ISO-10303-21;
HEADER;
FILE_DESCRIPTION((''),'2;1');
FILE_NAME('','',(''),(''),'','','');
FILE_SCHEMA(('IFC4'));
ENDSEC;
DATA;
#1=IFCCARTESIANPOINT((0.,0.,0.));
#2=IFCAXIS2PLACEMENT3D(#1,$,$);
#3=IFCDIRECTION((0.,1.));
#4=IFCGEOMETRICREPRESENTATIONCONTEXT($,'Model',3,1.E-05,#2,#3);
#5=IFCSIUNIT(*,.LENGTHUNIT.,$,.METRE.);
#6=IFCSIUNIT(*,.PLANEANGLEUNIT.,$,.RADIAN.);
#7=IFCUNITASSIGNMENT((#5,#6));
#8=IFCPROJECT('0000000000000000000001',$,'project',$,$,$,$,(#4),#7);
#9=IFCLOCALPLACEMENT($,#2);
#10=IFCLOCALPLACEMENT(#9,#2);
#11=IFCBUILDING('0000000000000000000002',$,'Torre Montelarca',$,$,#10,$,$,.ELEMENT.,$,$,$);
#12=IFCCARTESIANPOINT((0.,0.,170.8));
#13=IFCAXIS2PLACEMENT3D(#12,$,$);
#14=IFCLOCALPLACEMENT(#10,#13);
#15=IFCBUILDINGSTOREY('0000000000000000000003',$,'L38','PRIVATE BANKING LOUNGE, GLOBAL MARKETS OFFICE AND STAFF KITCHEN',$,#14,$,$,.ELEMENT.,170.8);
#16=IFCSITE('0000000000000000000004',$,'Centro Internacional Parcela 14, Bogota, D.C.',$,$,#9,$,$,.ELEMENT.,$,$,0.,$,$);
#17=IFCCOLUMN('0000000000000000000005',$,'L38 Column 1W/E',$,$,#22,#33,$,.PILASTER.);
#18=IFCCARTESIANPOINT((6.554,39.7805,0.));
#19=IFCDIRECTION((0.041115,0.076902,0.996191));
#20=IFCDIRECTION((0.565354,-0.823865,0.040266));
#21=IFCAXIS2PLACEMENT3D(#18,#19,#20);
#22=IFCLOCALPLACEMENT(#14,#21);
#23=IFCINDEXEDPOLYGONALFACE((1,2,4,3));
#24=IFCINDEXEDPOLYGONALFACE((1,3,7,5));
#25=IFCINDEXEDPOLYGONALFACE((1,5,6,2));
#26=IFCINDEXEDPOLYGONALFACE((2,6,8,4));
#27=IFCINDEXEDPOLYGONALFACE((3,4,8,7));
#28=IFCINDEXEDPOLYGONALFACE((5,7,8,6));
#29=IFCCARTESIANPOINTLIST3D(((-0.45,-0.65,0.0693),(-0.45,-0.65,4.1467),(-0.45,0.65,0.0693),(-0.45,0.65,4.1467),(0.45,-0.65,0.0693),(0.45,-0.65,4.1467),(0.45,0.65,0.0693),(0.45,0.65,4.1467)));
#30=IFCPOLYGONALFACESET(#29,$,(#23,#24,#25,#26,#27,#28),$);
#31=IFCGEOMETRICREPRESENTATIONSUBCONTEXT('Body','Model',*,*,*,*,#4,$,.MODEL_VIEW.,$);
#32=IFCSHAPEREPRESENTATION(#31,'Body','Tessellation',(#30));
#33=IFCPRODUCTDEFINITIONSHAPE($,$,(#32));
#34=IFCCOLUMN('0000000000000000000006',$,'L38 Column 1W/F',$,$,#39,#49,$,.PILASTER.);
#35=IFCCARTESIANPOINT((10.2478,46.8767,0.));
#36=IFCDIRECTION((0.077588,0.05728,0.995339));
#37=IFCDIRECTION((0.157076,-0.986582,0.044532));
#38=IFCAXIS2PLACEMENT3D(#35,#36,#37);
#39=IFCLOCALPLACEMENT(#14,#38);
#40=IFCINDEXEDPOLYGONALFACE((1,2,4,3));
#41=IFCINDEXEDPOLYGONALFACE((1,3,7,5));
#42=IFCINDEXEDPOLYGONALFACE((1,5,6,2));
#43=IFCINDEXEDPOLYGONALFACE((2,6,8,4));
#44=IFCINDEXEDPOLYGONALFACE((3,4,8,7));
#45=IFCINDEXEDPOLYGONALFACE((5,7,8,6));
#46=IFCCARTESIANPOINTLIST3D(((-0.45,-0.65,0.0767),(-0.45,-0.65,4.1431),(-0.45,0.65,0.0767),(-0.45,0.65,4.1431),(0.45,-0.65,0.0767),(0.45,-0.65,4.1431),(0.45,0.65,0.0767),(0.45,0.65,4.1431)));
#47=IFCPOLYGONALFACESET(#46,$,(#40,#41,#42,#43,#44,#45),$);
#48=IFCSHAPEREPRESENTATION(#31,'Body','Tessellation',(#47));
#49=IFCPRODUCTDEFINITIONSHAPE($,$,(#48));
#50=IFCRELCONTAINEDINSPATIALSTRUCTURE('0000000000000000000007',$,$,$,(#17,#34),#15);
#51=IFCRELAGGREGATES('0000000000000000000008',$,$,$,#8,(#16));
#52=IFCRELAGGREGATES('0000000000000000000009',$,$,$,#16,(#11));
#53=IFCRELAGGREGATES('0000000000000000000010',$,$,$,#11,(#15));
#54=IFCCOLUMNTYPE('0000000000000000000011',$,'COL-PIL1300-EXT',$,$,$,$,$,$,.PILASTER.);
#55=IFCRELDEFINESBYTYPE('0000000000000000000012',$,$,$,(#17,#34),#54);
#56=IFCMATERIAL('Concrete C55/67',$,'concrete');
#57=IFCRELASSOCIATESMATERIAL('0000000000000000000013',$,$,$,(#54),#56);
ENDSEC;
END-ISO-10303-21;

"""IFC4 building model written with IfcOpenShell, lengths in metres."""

from ifc_helpers import new_model, si_unit, direction, frame, origin, origin_2d, place, context, subcontext, project, spatial, rectangle, extrude, clip, halfspace, material, material_profile, profile_set, type_object, element, save


model = new_model("IFC4")

# Units and contexts
model_context = context("Model", 3, precision=1e-05, world=origin(), true_north=direction((0.0, 1.0)))
body_context = subcontext(model_context, "Body", "Model", "MODEL_VIEW")
ifc_project = project(units=[si_unit("LENGTHUNIT", "METRE"), si_unit("PLANEANGLEUNIT", "RADIAN")], contexts=[model_context])

# Site, building, storey
site_placement = place(None, origin())
site = spatial("IfcSite", under=ifc_project, at=site_placement, Name="Centro Internacional Parcela 14, Bogota, D.C.", CompositionType="ELEMENT", RefElevation=0.0)
building_placement = place(site_placement, origin())
building = spatial("IfcBuilding", under=site, at=building_placement, Name="Torre Montelarca", CompositionType="ELEMENT")
storey_placement = place(building_placement, frame((0.0, 0.0, 170.8)))
storey = spatial("IfcBuildingStorey", under=building, at=storey_placement, Name="L38", Description="PRIVATE BANKING LOUNGE, GLOBAL MARKETS OFFICE AND STAFF KITCHEN", CompositionType="ELEMENT", Elevation=170.8)

# Columns
ifc_material_1 = material(Name="Concrete C55/67", Category="concrete")
ifc_material_profile_1 = material_profile(ifc_material_1, rectangle(XDim=0.8999, YDim=1.3, at=origin_2d()), Name="RC1300X900", Category="concrete")
ifc_profile_set_1 = profile_set([ifc_material_profile_1], Name="Concrete C55/67")
column_type_1 = type_object("IfcColumnType", Name="COL-PIL1300-EXT", PredefinedType="PILASTER", material=ifc_profile_set_1)
column_1_placement = place(storey_placement, frame((6.554, 39.7805, 0.0), z_axis=(0.041115, 0.076902, 0.996191), x_axis=(0.565354, -0.823865, 0.040266)))
element("IfcColumn", 1, at=column_1_placement, inside=storey, type_object=column_type_1, Name="L38 Column 1W/E", PredefinedType="PILASTER", context=body_context, shape_type="Clipping", body=[
    clip(clip(extrude(rectangle(XDim=0.8999, YDim=1.3, at=origin_2d()), origin(), (0.0, 0.0, 1.0), 4.2161), halfspace(frame((0.0, 0.0, 0.0693), z_axis=(0.0, 0.0, -1.0), x_axis=(1.0, 0.0, 0.0)), False)), halfspace(frame((0.0, 0.0, 4.1467), z_axis=(0.0, 0.0, 1.0), x_axis=(1.0, 0.0, 0.0)), False)),
])
column_2_placement = place(storey_placement, frame((10.2478, 46.8767, 0.0), z_axis=(0.077588, 0.05728, 0.995339), x_axis=(0.157076, -0.986582, 0.044532)))
element("IfcColumn", 2, at=column_2_placement, inside=storey, type_object=column_type_1, Name="L38 Column 1W/F", PredefinedType="PILASTER", context=body_context, shape_type="Clipping", body=[
    clip(clip(extrude(rectangle(XDim=0.8999, YDim=1.3, at=origin_2d()), origin(), (0.0, 0.0, 1.0), 4.2197), halfspace(frame((0.0, 0.0, 0.0767), z_axis=(0.0, 0.0, -1.0), x_axis=(1.0, 0.0, 0.0)), False)), halfspace(frame((0.0, 0.0, 4.1431), z_axis=(0.0, 0.0, 1.0), x_axis=(1.0, 0.0, 0.0)), False)),
])

save(model, "model.ifc")
